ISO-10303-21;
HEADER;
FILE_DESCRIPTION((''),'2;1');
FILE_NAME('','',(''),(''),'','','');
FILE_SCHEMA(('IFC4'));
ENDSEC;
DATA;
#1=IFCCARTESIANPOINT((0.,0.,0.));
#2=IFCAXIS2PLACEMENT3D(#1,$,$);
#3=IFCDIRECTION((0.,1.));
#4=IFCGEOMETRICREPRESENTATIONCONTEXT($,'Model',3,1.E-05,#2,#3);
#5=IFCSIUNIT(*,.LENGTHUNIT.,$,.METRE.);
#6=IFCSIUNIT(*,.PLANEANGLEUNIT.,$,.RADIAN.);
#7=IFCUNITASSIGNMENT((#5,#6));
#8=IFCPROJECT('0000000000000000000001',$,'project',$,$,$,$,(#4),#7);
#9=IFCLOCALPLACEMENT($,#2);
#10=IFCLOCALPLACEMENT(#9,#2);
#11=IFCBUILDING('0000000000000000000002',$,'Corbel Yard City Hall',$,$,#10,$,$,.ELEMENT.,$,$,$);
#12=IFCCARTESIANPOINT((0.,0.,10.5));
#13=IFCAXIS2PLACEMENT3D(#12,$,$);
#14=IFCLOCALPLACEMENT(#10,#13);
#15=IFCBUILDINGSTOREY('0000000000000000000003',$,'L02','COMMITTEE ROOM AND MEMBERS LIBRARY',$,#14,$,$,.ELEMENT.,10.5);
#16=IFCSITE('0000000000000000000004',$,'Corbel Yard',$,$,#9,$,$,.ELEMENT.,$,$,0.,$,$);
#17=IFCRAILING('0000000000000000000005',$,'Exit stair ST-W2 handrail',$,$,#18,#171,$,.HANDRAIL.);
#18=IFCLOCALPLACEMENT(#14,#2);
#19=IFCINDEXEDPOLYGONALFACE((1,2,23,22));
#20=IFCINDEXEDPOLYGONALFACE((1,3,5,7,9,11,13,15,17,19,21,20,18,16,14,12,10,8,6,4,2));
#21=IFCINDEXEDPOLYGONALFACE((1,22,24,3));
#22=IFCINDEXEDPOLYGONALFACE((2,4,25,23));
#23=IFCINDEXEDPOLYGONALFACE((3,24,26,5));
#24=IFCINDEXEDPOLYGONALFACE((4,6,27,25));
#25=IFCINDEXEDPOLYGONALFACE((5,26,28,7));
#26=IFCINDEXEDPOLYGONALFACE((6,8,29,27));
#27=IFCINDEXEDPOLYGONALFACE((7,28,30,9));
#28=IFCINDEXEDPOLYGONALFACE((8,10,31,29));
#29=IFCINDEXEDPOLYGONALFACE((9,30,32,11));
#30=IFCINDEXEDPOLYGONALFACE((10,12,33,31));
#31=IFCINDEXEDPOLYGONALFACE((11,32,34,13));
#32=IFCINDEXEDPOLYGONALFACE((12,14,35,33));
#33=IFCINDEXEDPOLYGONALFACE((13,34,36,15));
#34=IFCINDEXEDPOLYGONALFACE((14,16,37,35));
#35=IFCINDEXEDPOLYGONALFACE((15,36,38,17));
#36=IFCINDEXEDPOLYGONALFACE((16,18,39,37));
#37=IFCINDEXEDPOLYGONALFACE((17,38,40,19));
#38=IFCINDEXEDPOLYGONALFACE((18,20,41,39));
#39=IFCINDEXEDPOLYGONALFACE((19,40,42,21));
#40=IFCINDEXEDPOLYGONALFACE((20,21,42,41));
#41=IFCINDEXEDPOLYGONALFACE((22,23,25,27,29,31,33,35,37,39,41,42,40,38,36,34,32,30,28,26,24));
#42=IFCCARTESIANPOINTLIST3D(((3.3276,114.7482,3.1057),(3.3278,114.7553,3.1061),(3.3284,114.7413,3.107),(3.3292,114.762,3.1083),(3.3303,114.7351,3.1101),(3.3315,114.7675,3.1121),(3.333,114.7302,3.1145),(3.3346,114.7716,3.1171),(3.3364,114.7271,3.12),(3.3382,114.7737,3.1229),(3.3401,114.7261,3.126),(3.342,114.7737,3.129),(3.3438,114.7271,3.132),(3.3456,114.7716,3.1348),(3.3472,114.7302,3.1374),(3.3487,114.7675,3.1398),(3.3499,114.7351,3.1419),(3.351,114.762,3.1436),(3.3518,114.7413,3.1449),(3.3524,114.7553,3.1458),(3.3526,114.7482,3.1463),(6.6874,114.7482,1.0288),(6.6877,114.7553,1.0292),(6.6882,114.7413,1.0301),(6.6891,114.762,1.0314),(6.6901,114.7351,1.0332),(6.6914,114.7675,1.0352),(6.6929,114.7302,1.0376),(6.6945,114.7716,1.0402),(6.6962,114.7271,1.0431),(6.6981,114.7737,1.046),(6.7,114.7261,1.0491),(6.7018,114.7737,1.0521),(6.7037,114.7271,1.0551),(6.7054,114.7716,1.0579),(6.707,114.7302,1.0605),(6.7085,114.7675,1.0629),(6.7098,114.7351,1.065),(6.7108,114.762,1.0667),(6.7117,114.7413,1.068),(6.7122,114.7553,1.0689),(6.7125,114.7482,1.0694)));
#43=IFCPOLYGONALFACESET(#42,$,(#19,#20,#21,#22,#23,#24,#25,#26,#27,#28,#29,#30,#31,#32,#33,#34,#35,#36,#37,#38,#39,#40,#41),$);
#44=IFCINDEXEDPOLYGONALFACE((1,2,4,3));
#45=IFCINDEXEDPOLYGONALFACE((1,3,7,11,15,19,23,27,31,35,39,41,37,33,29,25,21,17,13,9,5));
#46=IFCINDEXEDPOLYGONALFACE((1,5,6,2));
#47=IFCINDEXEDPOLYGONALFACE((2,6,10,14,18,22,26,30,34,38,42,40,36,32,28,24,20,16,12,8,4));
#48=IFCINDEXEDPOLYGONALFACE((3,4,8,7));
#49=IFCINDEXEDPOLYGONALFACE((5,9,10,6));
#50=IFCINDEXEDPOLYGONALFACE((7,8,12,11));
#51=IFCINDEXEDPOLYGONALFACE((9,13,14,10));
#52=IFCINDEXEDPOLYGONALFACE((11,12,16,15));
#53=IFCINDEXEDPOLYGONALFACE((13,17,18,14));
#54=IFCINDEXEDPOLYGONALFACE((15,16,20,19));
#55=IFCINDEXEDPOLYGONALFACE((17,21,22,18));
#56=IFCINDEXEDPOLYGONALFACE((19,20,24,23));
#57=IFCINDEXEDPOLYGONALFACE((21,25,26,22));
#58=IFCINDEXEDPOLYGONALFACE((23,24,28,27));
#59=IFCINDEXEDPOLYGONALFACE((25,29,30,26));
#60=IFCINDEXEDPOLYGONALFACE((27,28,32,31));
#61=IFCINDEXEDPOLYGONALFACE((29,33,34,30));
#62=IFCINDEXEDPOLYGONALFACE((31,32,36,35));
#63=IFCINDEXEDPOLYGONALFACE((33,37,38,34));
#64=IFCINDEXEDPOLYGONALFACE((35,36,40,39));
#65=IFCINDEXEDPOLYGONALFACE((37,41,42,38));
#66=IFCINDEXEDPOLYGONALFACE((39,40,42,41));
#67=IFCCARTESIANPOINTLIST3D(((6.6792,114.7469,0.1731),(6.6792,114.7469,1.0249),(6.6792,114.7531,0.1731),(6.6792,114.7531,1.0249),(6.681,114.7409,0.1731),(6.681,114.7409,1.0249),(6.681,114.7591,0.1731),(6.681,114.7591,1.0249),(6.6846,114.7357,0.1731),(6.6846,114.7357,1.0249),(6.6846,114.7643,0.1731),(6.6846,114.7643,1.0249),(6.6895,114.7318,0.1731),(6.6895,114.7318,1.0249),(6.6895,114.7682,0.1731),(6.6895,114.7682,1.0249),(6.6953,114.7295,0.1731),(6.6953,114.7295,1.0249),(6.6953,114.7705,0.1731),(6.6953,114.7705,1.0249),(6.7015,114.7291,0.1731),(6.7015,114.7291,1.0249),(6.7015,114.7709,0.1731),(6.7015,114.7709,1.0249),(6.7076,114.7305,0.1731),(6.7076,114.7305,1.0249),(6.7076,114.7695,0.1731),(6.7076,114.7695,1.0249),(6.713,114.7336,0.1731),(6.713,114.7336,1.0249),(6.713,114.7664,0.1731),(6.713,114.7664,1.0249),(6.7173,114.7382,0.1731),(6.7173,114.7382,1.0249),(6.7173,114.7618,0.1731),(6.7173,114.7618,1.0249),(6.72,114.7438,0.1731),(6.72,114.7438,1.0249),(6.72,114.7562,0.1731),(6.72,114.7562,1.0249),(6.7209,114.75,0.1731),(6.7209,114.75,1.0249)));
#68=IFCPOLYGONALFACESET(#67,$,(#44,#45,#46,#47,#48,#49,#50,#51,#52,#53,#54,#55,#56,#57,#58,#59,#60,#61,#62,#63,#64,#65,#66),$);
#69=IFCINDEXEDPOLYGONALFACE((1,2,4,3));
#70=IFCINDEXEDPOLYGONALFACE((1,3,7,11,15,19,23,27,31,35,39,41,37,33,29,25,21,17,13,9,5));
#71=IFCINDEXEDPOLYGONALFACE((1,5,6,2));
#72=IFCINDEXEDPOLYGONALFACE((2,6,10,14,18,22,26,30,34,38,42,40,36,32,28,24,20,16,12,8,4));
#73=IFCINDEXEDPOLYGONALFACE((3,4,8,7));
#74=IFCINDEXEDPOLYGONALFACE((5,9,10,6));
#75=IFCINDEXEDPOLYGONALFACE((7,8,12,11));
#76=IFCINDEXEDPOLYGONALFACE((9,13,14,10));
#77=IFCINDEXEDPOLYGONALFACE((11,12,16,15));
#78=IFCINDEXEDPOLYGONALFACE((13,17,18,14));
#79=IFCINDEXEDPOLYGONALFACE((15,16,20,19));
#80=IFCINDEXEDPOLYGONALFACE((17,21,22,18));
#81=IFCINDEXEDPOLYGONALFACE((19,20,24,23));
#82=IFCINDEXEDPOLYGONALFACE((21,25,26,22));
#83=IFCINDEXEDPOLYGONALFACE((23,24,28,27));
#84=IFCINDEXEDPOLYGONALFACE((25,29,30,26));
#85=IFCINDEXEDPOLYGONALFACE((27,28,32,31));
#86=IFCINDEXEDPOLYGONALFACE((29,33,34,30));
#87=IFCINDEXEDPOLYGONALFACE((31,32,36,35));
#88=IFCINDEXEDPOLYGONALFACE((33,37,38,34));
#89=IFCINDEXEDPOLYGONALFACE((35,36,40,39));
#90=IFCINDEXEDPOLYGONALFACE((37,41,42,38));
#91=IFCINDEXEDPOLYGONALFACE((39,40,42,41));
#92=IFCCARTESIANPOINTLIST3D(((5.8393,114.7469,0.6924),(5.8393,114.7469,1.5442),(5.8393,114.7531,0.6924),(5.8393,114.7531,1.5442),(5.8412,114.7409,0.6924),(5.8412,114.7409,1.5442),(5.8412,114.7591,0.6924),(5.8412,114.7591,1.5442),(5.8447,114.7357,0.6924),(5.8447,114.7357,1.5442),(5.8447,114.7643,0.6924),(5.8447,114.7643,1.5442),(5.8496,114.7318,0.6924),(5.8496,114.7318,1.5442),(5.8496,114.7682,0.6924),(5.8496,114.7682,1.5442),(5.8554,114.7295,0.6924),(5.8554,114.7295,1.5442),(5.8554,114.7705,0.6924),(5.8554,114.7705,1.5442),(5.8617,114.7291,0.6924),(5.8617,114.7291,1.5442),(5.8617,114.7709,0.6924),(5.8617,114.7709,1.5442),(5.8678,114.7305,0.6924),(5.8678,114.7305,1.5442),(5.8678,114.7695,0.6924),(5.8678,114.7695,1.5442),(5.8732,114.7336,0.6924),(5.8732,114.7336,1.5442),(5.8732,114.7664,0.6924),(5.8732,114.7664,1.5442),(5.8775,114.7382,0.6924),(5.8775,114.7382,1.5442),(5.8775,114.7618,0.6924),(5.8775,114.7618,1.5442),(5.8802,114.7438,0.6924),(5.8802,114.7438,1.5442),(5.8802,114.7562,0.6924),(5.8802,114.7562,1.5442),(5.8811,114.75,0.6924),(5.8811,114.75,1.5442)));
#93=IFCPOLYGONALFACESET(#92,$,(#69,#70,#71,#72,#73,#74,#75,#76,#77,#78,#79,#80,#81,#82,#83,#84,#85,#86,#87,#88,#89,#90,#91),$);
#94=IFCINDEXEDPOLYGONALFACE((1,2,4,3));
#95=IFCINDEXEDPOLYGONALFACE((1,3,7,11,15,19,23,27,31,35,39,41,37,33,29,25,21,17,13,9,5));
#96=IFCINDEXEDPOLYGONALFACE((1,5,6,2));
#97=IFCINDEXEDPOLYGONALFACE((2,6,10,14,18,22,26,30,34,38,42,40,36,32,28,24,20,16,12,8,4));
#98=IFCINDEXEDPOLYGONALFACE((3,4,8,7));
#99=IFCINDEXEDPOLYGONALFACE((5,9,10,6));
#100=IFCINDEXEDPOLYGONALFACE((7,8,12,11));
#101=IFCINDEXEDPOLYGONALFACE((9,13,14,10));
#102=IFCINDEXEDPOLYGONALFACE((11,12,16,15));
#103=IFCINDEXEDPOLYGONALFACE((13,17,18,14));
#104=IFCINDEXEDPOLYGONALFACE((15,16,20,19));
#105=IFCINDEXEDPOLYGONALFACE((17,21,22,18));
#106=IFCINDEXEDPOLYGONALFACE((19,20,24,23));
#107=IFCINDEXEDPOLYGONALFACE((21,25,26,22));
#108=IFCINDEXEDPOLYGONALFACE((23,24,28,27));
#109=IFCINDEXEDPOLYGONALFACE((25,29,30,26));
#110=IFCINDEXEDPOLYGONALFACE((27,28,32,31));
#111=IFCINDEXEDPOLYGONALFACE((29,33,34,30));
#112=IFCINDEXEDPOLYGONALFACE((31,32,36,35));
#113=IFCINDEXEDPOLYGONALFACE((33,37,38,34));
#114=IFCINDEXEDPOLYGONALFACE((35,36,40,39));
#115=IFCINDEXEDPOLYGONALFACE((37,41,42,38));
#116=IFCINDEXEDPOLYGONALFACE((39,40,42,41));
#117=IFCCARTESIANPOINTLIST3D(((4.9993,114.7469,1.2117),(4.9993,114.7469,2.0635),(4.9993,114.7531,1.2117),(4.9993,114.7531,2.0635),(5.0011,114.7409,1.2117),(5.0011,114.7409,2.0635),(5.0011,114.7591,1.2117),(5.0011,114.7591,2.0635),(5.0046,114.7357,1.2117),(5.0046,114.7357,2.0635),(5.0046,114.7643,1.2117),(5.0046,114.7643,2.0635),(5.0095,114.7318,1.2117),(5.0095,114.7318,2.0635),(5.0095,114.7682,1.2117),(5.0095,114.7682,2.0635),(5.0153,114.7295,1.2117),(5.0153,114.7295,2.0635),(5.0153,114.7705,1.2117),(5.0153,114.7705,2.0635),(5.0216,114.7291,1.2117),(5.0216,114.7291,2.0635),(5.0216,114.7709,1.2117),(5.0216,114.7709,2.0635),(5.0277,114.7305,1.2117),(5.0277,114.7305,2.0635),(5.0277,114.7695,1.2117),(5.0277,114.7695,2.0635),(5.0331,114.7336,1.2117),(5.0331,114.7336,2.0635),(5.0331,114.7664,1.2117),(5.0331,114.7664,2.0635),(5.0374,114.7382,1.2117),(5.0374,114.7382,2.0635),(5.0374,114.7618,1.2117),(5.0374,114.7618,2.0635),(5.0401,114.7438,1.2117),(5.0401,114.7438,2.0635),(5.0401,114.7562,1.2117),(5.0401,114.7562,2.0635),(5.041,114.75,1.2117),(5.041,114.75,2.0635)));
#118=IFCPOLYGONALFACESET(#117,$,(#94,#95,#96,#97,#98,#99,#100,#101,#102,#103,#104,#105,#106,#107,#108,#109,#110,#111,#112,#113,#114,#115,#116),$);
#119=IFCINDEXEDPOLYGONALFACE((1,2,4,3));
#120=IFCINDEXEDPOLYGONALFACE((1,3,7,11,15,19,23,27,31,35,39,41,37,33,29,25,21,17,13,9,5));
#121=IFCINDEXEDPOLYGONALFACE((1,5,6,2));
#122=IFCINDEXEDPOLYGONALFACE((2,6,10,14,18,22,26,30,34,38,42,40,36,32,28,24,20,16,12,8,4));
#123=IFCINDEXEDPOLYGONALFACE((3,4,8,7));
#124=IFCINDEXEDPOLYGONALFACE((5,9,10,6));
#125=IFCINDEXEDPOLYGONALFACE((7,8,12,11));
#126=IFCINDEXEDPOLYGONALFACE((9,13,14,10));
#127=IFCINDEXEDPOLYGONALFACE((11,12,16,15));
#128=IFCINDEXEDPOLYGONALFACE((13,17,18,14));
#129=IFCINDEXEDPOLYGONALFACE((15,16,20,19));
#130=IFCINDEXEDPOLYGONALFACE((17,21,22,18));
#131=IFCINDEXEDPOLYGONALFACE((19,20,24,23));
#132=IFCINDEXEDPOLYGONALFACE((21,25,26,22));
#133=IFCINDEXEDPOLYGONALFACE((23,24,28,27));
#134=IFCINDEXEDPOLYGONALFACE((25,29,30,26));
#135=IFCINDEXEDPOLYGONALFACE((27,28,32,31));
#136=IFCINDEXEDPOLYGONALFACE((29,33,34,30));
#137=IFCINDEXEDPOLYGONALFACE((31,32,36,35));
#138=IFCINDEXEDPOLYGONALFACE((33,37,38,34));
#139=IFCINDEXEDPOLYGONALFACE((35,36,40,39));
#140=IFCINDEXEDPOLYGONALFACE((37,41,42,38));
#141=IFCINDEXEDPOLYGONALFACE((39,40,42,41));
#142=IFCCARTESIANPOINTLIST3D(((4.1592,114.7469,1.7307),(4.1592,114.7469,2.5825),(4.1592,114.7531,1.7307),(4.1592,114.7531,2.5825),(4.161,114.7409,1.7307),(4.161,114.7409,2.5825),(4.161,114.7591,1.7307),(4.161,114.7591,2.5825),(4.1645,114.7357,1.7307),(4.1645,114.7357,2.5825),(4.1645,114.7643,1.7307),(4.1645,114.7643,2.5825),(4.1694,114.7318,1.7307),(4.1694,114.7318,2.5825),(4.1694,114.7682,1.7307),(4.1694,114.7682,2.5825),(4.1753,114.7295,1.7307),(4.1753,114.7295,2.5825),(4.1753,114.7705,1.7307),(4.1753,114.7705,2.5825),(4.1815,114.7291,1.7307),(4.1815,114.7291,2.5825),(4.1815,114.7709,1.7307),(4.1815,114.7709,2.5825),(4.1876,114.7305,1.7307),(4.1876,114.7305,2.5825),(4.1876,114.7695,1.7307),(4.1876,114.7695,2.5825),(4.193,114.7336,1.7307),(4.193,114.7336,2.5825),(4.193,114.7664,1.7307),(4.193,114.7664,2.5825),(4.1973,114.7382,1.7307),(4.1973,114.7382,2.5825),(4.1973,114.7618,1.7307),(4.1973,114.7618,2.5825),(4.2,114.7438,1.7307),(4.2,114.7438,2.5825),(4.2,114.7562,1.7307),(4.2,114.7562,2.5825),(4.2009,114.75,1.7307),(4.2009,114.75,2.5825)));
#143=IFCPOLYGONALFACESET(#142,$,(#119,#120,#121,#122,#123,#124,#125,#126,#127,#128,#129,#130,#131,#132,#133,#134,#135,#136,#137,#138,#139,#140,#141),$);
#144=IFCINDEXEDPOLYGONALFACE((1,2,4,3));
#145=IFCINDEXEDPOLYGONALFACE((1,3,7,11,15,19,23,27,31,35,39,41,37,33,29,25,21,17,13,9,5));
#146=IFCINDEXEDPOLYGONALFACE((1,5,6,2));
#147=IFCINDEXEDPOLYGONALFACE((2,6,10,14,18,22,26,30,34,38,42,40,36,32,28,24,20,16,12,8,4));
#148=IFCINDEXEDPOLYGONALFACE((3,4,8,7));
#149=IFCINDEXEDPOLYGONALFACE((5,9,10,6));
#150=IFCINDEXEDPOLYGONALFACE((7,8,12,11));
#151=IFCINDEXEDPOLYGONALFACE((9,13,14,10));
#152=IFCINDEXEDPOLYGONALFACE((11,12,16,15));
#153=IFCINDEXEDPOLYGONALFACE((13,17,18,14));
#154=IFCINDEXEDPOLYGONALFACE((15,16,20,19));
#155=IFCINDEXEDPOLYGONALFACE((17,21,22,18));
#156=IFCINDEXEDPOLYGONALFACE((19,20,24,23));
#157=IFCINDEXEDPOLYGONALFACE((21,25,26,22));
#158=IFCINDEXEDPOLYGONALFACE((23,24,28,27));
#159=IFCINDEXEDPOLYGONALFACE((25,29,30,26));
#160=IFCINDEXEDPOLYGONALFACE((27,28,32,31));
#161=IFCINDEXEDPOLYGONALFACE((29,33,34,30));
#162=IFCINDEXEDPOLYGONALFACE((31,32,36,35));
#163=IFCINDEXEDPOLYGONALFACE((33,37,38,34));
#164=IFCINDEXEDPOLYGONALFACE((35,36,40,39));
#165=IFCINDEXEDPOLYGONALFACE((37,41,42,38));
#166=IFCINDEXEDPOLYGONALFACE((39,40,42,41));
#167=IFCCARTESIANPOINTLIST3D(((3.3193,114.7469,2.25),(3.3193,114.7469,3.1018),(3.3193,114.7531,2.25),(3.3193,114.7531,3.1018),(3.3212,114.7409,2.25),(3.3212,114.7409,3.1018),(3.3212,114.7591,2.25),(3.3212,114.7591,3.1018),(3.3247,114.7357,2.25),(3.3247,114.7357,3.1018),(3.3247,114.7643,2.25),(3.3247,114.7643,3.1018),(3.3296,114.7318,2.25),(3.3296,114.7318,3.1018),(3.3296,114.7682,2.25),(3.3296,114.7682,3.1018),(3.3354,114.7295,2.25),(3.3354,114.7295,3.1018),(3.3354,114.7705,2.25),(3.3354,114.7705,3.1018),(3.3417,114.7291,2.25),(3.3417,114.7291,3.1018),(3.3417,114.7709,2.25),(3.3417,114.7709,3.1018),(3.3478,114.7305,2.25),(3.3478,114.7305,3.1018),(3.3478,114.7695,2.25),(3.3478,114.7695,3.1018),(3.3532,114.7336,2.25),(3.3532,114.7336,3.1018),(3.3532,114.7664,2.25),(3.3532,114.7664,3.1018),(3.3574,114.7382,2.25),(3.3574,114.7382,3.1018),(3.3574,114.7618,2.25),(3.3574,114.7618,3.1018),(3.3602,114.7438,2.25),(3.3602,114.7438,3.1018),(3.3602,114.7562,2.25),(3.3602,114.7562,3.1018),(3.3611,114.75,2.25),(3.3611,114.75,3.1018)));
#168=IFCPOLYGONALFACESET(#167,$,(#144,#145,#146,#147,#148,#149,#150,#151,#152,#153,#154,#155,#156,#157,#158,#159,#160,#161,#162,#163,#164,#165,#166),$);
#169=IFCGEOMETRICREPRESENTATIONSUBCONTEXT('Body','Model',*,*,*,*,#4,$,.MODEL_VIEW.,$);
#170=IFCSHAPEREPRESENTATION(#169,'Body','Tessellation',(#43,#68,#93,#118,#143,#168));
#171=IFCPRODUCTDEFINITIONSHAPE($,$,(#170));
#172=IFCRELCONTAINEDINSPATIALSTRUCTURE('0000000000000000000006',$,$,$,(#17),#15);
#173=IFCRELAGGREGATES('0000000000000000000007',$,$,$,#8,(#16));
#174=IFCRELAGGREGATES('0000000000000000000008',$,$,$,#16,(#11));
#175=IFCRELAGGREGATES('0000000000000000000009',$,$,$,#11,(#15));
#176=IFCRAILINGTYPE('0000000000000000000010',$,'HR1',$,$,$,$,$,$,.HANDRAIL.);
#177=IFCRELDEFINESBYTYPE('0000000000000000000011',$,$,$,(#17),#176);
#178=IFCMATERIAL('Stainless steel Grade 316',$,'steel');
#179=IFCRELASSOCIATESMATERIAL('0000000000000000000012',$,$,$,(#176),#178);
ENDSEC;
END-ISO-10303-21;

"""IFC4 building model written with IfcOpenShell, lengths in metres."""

from ifc_helpers import new_model, si_unit, direction, frame, origin, origin_2d, place, context, subcontext, project, spatial, circle, extrude, material, type_object, element, save


model = new_model("IFC4")

# Units and contexts
model_context = context("Model", 3, precision=1e-05, world=origin(), true_north=direction((0.0, 1.0)))
body_context = subcontext(model_context, "Body", "Model", "MODEL_VIEW")
ifc_project = project(units=[si_unit("LENGTHUNIT", "METRE"), si_unit("PLANEANGLEUNIT", "RADIAN")], contexts=[model_context])

# Site, building, storey
site_placement = place(None, origin())
site = spatial("IfcSite", under=ifc_project, at=site_placement, Name="Corbel Yard", CompositionType="ELEMENT", RefElevation=0.0)
building_placement = place(site_placement, origin())
building = spatial("IfcBuilding", under=site, at=building_placement, Name="Corbel Yard City Hall", CompositionType="ELEMENT")
storey_placement = place(building_placement, frame((0.0, 0.0, 10.5)))
storey = spatial("IfcBuildingStorey", under=building, at=storey_placement, Name="L02", Description="COMMITTEE ROOM AND MEMBERS LIBRARY", CompositionType="ELEMENT", Elevation=10.5)

# Shared definitions
ifc_material_1 = material(Name="Stainless steel Grade 316", Category="steel")

# Railing
railing_type = type_object("IfcRailingType", Name="HR1", PredefinedType="HANDRAIL", material=ifc_material_1)
for number, where, name in (
    (1, (6.7, 114.75, 0.1731), "Exit stair ST-W2 handrail"),
):
    element("IfcRailing", number, at=place(storey_placement, frame(where)), inside=storey, type_object=railing_type, Name=name, PredefinedType="HANDRAIL", context=body_context, shape_type="SweptSolid", body=[
        extrude(circle(Radius=0.0239, at=origin_2d()), frame((0.0, 0.0, 0.876), z_axis=(-0.850606, 0.0, 0.525803), x_axis=(0.0, -1.0, 0.0)), (0.0, 0.0, 1.0), 3.95),
        extrude(circle(Radius=0.021, at=origin_2d()), origin(), (0.0, 0.0, 1.0), 0.8518),
        extrude(circle(Radius=0.021, at=origin_2d()), frame((-0.8398, 0.0, 0.5193)), (0.0, 0.0, 1.0), 0.8518),
        extrude(circle(Radius=0.021, at=origin_2d()), frame((-1.6799, 0.0, 1.0386)), (0.0, 0.0, 1.0), 0.8518),
        extrude(circle(Radius=0.021, at=origin_2d()), frame((-2.52, 0.0, 1.5576)), (0.0, 0.0, 1.0), 0.8518),
        extrude(circle(Radius=0.021, at=origin_2d()), frame((-3.3599, 0.0, 2.0769)), (0.0, 0.0, 1.0), 0.8518),
    ])

save(model, "model.ifc")
